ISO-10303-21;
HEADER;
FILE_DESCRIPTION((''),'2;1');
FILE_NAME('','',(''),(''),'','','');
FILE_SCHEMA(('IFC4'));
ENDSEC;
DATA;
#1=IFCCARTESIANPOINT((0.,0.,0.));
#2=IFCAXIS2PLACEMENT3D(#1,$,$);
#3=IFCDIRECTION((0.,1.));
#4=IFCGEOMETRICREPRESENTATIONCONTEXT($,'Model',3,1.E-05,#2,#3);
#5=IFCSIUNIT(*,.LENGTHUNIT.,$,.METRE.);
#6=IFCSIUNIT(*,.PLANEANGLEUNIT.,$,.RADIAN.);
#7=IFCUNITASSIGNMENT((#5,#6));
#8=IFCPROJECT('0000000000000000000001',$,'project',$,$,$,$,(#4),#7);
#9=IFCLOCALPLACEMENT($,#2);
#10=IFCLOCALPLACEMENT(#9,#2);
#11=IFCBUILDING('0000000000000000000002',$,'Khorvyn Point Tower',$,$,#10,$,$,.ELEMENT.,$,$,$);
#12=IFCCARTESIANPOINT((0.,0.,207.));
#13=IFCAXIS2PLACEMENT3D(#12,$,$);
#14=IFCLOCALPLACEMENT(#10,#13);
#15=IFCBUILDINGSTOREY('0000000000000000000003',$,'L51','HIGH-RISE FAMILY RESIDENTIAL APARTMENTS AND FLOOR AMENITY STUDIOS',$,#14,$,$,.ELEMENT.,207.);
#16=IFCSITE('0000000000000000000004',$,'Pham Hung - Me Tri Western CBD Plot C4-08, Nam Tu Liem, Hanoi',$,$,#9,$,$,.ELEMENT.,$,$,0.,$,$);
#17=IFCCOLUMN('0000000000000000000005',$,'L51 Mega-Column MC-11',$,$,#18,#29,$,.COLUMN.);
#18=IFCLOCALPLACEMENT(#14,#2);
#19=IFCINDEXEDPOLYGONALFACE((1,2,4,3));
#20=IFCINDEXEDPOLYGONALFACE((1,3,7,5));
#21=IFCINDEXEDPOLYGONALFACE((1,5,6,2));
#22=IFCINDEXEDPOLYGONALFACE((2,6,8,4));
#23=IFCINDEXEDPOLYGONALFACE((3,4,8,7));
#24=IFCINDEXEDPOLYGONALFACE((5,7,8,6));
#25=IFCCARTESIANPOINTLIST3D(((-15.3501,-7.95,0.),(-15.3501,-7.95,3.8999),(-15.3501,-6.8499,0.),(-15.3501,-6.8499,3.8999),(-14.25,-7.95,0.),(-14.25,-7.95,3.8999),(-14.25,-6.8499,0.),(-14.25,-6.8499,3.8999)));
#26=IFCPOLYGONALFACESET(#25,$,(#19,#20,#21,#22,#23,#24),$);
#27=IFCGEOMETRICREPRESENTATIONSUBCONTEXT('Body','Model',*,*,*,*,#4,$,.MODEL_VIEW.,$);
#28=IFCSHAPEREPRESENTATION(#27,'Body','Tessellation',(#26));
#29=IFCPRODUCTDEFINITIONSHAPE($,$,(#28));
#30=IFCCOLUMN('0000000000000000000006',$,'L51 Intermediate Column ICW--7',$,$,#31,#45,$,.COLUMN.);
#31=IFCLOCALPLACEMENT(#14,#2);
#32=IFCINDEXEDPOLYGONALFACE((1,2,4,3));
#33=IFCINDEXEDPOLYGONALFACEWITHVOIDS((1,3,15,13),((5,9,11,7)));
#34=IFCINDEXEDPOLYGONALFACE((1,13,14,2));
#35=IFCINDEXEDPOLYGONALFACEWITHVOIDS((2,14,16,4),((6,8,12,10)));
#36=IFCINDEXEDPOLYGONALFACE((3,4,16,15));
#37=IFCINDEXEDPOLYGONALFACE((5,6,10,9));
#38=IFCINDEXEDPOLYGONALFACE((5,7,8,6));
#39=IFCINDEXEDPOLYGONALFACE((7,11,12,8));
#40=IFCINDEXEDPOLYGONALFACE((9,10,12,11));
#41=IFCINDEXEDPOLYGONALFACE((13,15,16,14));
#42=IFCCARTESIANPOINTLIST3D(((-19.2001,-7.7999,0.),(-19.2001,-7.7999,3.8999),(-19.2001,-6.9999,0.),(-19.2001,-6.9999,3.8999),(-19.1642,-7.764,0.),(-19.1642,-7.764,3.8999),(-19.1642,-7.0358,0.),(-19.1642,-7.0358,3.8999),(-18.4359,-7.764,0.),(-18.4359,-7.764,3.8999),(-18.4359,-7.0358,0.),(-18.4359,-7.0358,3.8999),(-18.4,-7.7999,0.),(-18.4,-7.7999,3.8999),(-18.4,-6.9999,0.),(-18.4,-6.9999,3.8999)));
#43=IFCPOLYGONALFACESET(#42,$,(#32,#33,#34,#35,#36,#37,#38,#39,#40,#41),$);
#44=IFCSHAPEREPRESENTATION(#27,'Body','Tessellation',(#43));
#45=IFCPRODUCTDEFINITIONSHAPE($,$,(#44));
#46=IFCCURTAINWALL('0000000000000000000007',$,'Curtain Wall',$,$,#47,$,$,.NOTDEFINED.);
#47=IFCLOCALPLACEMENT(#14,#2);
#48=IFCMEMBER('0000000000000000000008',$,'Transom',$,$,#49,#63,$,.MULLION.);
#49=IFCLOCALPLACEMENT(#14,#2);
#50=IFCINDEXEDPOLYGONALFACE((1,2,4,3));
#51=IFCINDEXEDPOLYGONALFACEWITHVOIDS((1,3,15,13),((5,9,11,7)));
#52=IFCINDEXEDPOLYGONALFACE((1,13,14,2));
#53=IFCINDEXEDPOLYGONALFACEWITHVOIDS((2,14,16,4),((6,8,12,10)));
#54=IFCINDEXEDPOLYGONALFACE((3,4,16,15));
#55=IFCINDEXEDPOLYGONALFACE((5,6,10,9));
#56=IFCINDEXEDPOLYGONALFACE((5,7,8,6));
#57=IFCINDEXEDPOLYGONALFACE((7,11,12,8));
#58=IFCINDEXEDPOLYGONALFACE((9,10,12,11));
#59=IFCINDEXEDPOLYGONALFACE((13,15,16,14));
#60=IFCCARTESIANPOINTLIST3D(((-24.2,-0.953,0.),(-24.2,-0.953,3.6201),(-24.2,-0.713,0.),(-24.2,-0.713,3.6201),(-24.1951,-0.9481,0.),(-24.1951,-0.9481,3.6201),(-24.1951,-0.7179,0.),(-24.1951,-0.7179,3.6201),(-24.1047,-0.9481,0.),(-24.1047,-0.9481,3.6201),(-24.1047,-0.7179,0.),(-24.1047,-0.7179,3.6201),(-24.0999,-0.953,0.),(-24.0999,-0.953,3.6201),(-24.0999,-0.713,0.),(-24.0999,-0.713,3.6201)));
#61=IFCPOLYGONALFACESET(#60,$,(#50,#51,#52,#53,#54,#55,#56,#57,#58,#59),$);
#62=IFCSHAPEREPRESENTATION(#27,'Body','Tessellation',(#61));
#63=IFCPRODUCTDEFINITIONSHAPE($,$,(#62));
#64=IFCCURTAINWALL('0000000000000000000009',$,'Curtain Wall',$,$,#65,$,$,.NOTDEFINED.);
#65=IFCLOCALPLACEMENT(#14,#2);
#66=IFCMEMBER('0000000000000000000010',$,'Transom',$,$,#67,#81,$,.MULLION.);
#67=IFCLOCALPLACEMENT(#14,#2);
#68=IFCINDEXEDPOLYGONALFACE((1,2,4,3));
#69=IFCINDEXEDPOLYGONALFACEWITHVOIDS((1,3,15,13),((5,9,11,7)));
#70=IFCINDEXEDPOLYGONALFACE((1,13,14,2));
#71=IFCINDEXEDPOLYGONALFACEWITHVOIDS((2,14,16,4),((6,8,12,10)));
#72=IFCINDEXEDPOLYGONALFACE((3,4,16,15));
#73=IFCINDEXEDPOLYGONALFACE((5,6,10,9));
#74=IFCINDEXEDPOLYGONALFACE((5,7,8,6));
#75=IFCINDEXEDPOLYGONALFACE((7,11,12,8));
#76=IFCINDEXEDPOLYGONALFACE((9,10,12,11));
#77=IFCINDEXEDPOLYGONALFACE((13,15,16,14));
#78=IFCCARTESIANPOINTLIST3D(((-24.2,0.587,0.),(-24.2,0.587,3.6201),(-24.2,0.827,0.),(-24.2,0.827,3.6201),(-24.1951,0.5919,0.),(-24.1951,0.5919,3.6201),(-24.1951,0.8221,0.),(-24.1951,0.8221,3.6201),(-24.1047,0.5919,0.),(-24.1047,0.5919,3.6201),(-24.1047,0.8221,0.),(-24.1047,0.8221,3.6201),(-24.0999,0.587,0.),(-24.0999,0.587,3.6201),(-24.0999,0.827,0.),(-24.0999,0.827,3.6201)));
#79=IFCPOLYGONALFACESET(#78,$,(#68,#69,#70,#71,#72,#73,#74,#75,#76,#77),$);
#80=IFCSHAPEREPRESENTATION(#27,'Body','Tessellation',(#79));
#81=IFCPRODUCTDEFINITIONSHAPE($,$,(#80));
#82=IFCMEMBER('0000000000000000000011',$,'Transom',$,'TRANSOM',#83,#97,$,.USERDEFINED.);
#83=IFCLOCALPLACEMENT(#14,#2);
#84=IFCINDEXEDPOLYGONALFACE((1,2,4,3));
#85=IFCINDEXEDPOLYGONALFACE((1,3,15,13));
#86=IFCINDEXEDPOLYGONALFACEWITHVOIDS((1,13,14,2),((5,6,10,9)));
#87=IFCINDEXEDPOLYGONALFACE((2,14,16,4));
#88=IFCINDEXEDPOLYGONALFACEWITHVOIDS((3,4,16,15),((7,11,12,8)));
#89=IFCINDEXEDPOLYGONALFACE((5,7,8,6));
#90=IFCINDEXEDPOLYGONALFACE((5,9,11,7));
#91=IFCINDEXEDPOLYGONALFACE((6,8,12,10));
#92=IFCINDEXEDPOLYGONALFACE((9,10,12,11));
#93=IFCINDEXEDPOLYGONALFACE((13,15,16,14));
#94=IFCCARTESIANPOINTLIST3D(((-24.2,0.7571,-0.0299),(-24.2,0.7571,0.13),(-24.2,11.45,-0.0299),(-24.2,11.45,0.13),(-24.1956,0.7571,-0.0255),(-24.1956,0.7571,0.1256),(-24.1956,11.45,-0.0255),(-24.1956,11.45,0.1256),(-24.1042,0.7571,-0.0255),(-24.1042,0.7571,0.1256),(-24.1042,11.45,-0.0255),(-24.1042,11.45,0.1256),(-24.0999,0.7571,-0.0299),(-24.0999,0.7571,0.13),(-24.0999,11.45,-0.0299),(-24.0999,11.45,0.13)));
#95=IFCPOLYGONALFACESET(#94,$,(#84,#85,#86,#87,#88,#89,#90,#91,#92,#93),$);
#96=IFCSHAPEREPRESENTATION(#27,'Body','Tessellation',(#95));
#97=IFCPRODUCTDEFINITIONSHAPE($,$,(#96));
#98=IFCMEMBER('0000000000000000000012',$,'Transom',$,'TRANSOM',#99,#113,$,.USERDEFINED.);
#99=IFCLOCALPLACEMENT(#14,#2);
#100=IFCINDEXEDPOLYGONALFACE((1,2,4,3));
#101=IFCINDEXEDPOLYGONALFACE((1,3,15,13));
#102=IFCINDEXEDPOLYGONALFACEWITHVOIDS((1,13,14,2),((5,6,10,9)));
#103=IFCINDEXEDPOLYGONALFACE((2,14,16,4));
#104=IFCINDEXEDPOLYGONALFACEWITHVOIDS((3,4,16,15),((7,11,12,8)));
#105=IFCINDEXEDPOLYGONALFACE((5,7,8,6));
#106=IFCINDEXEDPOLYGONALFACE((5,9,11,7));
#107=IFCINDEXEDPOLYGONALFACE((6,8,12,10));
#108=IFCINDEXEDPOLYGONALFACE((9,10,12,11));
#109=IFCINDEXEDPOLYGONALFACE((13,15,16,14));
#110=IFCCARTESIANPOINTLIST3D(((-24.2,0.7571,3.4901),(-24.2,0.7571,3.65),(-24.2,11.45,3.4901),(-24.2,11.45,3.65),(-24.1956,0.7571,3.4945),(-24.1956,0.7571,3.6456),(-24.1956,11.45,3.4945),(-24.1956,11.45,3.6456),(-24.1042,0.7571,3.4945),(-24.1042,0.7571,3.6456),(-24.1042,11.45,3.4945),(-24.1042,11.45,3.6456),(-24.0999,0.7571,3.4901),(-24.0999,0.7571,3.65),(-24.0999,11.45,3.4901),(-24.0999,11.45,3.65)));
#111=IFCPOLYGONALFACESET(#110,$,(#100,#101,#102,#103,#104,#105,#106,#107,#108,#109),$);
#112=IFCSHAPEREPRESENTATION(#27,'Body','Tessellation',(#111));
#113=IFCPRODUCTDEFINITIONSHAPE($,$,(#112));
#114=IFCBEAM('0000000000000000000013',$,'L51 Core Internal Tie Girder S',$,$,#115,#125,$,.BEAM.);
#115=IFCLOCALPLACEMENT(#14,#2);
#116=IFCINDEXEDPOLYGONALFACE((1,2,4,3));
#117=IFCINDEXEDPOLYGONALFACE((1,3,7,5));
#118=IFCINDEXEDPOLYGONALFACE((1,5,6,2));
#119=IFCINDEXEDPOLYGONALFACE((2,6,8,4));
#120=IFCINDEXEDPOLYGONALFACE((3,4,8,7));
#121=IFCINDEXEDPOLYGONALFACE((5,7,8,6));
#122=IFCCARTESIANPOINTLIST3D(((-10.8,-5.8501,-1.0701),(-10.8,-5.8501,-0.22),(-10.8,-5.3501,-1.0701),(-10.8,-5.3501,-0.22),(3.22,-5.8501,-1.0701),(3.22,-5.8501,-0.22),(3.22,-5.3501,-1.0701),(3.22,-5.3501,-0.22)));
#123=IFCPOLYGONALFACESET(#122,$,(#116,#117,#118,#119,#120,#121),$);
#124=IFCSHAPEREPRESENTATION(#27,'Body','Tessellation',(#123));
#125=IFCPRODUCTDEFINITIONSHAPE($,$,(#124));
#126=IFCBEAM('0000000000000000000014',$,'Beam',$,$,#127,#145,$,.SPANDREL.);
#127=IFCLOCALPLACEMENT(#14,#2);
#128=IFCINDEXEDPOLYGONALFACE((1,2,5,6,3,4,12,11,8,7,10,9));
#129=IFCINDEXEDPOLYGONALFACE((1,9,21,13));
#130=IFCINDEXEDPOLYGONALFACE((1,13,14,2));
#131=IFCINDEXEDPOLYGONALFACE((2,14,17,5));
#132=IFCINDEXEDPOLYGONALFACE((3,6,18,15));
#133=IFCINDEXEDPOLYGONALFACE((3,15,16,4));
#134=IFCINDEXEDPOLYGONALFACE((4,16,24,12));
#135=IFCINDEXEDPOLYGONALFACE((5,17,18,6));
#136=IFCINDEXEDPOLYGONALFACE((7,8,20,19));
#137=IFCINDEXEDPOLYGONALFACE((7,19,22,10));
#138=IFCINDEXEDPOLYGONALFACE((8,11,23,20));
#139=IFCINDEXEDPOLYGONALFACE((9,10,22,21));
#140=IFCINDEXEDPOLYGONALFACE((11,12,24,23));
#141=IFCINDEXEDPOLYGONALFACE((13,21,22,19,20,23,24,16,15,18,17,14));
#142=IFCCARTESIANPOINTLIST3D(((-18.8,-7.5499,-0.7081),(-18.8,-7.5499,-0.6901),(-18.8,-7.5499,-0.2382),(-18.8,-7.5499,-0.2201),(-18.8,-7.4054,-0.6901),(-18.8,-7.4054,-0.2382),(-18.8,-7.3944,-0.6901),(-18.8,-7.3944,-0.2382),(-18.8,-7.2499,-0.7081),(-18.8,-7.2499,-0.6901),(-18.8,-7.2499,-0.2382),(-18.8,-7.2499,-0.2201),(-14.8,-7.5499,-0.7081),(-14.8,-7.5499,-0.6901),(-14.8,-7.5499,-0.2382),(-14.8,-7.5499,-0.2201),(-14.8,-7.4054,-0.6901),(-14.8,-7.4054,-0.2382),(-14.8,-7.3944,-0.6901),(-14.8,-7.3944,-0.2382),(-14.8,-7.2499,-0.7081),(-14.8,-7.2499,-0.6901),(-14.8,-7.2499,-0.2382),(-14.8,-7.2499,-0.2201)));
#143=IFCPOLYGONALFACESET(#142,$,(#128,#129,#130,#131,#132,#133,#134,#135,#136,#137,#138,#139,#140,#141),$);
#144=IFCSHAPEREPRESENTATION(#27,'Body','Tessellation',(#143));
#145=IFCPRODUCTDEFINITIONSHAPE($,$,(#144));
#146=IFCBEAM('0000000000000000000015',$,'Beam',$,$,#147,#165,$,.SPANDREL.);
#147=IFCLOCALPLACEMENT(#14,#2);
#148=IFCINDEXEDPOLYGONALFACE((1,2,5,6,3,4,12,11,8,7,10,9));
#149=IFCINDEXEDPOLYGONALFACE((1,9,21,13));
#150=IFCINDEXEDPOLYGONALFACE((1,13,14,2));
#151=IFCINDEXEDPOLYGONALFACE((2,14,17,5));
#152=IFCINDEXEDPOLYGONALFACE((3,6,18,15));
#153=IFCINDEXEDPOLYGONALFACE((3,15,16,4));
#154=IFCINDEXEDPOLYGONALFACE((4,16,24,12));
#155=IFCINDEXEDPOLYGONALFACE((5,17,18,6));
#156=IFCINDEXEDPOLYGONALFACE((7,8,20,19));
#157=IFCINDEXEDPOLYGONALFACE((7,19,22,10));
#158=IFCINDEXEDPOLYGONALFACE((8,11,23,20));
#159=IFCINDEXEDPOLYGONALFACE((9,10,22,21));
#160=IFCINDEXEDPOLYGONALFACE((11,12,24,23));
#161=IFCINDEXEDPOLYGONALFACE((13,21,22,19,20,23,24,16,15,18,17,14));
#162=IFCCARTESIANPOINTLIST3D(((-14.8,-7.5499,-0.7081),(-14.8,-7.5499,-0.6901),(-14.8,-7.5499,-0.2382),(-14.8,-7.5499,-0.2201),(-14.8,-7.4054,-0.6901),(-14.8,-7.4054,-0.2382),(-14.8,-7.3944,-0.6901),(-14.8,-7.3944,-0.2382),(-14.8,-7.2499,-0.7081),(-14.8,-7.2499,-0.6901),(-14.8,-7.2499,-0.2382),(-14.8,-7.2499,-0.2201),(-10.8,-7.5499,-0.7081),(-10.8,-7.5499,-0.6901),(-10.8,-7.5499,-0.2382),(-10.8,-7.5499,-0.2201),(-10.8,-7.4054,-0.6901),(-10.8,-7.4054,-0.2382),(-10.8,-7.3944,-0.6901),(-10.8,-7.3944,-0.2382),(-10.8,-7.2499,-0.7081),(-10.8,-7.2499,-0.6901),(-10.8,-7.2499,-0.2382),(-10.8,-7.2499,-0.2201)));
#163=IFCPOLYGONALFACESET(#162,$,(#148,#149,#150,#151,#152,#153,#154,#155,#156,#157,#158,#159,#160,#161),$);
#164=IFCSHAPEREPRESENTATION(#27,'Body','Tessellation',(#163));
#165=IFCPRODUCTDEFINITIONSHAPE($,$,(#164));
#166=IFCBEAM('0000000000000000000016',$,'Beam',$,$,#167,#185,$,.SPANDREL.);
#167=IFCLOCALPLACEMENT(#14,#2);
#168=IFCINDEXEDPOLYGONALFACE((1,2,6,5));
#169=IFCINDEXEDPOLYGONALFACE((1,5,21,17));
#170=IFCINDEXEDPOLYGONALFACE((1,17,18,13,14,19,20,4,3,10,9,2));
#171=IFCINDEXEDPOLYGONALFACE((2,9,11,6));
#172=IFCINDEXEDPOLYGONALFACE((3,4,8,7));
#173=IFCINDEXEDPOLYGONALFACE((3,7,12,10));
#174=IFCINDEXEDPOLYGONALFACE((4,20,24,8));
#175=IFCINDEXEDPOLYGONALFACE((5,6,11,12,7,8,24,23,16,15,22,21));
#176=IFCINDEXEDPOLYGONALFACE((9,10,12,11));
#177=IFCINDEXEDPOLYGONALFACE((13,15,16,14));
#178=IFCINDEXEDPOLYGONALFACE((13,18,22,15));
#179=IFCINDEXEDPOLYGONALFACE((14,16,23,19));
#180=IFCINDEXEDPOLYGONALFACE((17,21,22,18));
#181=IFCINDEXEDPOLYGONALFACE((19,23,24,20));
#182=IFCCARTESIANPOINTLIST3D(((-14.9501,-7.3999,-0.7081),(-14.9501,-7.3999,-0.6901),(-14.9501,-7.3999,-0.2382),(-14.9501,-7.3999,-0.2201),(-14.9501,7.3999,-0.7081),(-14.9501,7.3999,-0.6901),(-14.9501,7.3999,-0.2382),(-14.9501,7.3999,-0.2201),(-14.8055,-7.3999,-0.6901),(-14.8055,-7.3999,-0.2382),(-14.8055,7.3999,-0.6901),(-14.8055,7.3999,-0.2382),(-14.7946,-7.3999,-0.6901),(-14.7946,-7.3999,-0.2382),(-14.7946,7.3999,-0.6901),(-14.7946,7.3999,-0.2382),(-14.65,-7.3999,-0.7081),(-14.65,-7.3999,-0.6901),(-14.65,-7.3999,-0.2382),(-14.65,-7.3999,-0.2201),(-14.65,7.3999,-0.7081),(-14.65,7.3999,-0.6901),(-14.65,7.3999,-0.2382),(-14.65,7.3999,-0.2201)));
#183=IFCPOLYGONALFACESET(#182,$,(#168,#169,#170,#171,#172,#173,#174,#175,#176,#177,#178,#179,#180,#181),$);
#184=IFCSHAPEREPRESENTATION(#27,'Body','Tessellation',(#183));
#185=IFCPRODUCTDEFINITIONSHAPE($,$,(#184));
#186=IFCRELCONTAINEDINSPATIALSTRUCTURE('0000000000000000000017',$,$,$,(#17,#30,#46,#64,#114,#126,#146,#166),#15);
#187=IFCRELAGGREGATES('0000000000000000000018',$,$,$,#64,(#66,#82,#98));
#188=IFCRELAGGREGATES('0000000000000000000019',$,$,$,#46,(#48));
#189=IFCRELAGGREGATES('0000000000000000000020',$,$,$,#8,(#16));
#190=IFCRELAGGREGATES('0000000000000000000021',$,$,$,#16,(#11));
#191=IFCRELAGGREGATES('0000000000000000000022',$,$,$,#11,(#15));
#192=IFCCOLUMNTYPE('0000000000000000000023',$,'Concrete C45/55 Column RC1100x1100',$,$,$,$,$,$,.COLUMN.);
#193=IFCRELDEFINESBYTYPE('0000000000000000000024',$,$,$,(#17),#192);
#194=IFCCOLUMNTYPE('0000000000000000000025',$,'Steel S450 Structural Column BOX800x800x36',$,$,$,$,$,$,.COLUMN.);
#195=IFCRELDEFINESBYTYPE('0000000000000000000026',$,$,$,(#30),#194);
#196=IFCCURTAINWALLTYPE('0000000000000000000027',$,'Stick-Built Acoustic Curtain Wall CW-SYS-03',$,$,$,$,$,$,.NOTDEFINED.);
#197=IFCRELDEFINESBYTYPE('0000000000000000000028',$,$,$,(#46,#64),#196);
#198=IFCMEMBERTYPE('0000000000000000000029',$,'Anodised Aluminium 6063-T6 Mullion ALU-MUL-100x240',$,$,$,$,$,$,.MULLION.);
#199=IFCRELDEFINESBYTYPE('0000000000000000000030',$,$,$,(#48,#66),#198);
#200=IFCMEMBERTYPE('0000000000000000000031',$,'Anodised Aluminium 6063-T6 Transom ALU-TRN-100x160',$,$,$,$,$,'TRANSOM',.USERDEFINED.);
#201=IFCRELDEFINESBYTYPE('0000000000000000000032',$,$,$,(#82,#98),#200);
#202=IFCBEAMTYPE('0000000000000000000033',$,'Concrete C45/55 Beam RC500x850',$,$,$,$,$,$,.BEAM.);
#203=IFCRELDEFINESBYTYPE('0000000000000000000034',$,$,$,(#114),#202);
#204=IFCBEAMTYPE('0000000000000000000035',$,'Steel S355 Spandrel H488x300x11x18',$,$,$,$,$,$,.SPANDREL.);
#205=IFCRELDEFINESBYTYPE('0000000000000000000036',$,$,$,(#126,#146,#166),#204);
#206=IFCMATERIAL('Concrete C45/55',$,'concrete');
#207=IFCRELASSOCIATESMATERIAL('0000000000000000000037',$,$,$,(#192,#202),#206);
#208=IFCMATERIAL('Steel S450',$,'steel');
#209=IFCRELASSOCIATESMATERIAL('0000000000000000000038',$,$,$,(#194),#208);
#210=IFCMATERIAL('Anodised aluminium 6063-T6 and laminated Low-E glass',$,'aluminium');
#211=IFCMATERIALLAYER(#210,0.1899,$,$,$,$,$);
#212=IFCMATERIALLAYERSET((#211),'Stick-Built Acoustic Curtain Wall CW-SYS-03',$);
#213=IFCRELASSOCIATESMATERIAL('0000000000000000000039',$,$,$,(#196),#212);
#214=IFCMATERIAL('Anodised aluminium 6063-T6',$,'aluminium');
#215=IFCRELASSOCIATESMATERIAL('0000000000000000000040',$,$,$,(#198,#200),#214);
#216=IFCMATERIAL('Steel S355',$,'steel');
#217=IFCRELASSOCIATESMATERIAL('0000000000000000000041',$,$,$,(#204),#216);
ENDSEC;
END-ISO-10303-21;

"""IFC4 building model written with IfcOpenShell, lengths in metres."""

from ifc_helpers import new_model, si_unit, direction, frame, origin, origin_2d, place, context, subcontext, project, spatial, rectangle, hollow_rectangle, i_section, extrude, material, layer, layer_set, material_profile, profile_set, type_object, element, aggregate, save


model = new_model("IFC4")

# Units and contexts
model_context = context("Model", 3, precision=1e-05, world=origin(), true_north=direction((0.0, 1.0)))
body_context = subcontext(model_context, "Body", "Model", "MODEL_VIEW")
ifc_project = project(units=[si_unit("LENGTHUNIT", "METRE"), si_unit("PLANEANGLEUNIT", "RADIAN")], contexts=[model_context])

# Site, building, storey
site_placement = place(None, origin())
site = spatial("IfcSite", under=ifc_project, at=site_placement, Name="Pham Hung - Me Tri Western CBD Plot C4-08, Nam Tu Liem, Hanoi", CompositionType="ELEMENT", RefElevation=0.0)
building_placement = place(site_placement, origin())
building = spatial("IfcBuilding", under=site, at=building_placement, Name="Khorvyn Point Tower", CompositionType="ELEMENT")
storey_placement = place(building_placement, frame((0.0, 0.0, 207.0)))
storey = spatial("IfcBuildingStorey", under=building, at=storey_placement, Name="L51", Description="HIGH-RISE FAMILY RESIDENTIAL APARTMENTS AND FLOOR AMENITY STUDIOS", CompositionType="ELEMENT", Elevation=207.0)

# Columns
ifc_material_1 = material(Name="Concrete C45/55", Category="concrete")
ifc_material_profile_1 = material_profile(ifc_material_1, rectangle(XDim=1.1001, YDim=1.1001, at=origin_2d()))
ifc_profile_set_1 = profile_set([ifc_material_profile_1], Name="Concrete C45/55 RC1100x1100")
column_type_1 = type_object("IfcColumnType", Name="Concrete C45/55 Column RC1100x1100", PredefinedType="COLUMN", material=ifc_profile_set_1)
column_1_placement = place(storey_placement, frame((-14.8, -7.3999, 0.0), z_axis=(0.0, 0.0, 1.0), x_axis=(1.0, 0.0, 0.0)))
element("IfcColumn", 1, at=column_1_placement, inside=storey, type_object=column_type_1, Name="L51 Mega-Column MC-11", PredefinedType="COLUMN", context=body_context, shape_type="SweptSolid", body=[
    extrude(rectangle(XDim=1.1001, YDim=1.1001, at=origin_2d()), origin(), (0.0, 0.0, 1.0), 3.8999),
])
ifc_material_2 = material(Name="Steel S450", Category="steel")
ifc_material_profile_2 = material_profile(ifc_material_2, hollow_rectangle(XDim=0.8, YDim=0.8, WallThickness=0.0359, at=origin_2d()))
ifc_profile_set_2 = profile_set([ifc_material_profile_2], Name="Steel S450 BOX800x800x36")
column_type_2 = type_object("IfcColumnType", Name="Steel S450 Structural Column BOX800x800x36", PredefinedType="COLUMN", material=ifc_profile_set_2)
column_2_placement = place(storey_placement, frame((-18.8, -7.3999, 0.0), z_axis=(0.0, 0.0, 1.0), x_axis=(1.0, 0.0, 0.0)))
element("IfcColumn", 2, at=column_2_placement, inside=storey, type_object=column_type_2, Name="L51 Intermediate Column ICW--7", PredefinedType="COLUMN", context=body_context, shape_type="SweptSolid", body=[
    extrude(hollow_rectangle(XDim=0.8, YDim=0.8, WallThickness=0.0359, at=origin_2d()), origin(), (0.0, 0.0, 1.0), 3.8999),
])

# Curtain wall, member
ifc_material_3 = material(Name="Anodised aluminium 6063-T6 and laminated Low-E glass", Category="aluminium")
ifc_layer_1 = layer(ifc_material_3, 0.1899)
ifc_layer_set_1 = layer_set([ifc_layer_1], Name="Stick-Built Acoustic Curtain Wall CW-SYS-03")
curtain_wall_type = type_object("IfcCurtainWallType", Name="Stick-Built Acoustic Curtain Wall CW-SYS-03", PredefinedType="NOTDEFINED", material=ifc_layer_set_1)
curtain_wall_1_placement = place(storey_placement, origin())
curtain_wall_1 = element("IfcCurtainWall", 3, at=curtain_wall_1_placement, inside=storey, type_object=curtain_wall_type, Name="Curtain Wall", PredefinedType="NOTDEFINED")
ifc_material_4 = material(Name="Anodised aluminium 6063-T6", Category="aluminium")
ifc_material_profile_3 = material_profile(ifc_material_4, hollow_rectangle(XDim=0.1001, YDim=0.24, WallThickness=0.0049, at=origin_2d()))
ifc_profile_set_3 = profile_set([ifc_material_profile_3], Name="Anodised aluminium 6063-T6 ALU-MUL-100x240")
member_type_1 = type_object("IfcMemberType", Name="Anodised Aluminium 6063-T6 Mullion ALU-MUL-100x240", PredefinedType="MULLION", material=ifc_profile_set_3)
member_1_placement = place(storey_placement, frame((-24.1499, -0.833, 0.0), z_axis=(0.0, 0.0, 1.0), x_axis=(-1.0, 0.0, 0.0)))
member_1 = element("IfcMember", 4, at=member_1_placement, type_object=member_type_1, Name="Transom", PredefinedType="MULLION", context=body_context, shape_type="SweptSolid", body=[
    extrude(hollow_rectangle(XDim=0.1001, YDim=0.24, WallThickness=0.0049, at=origin_2d()), origin(), (0.0, 0.0, 1.0), 3.6201),
])

# Curtain wall, members
curtain_wall_2_placement = place(storey_placement, origin())
curtain_wall_2 = element("IfcCurtainWall", 5, at=curtain_wall_2_placement, inside=storey, type_object=curtain_wall_type, Name="Curtain Wall", PredefinedType="NOTDEFINED")
member_2_placement = place(storey_placement, frame((-24.1499, 0.707, 0.0), z_axis=(0.0, 0.0, 1.0), x_axis=(-1.0, 0.0, 0.0)))
member_2 = element("IfcMember", 6, at=member_2_placement, type_object=member_type_1, Name="Transom", PredefinedType="MULLION", context=body_context, shape_type="SweptSolid", body=[
    extrude(hollow_rectangle(XDim=0.1001, YDim=0.24, WallThickness=0.0049, at=origin_2d()), origin(), (0.0, 0.0, 1.0), 3.6201),
])
ifc_material_profile_4 = material_profile(ifc_material_4, hollow_rectangle(XDim=0.1001, YDim=0.1599, WallThickness=0.0044, at=origin_2d()))
ifc_profile_set_4 = profile_set([ifc_material_profile_4], Name="Anodised aluminium 6063-T6 ALU-TRN-100x160")
member_type_2 = type_object("IfcMemberType", Name="Anodised Aluminium 6063-T6 Transom ALU-TRN-100x160", ElementType="TRANSOM", PredefinedType="USERDEFINED", material=ifc_profile_set_4)
member_3_placement = place(storey_placement, frame((-24.1499, 0.7571, 0.05), z_axis=(0.0, 1.0, 0.0), x_axis=(-1.0, 0.0, 0.0)))
member_3 = element("IfcMember", 7, at=member_3_placement, type_object=member_type_2, Name="Transom", ObjectType="TRANSOM", PredefinedType="USERDEFINED", context=body_context, shape_type="SweptSolid", body=[
    extrude(hollow_rectangle(XDim=0.1001, YDim=0.1599, WallThickness=0.0044, at=origin_2d()), origin(), (0.0, 0.0, 1.0), 10.6929),
])
member_4_placement = place(storey_placement, frame((-24.1499, 0.7571, 3.5701), z_axis=(0.0, 1.0, 0.0), x_axis=(-1.0, 0.0, 0.0)))
member_4 = element("IfcMember", 8, at=member_4_placement, type_object=member_type_2, Name="Transom", ObjectType="TRANSOM", PredefinedType="USERDEFINED", context=body_context, shape_type="SweptSolid", body=[
    extrude(hollow_rectangle(XDim=0.1001, YDim=0.1599, WallThickness=0.0044, at=origin_2d()), origin(), (0.0, 0.0, 1.0), 10.6929),
])
aggregate(curtain_wall_2, [member_2, member_3, member_4])

# Beams
ifc_material_profile_5 = material_profile(ifc_material_1, rectangle(XDim=0.5, YDim=0.8501, at=origin_2d()))
ifc_profile_set_5 = profile_set([ifc_material_profile_5], Name="Concrete C45/55 RC500x850")
beam_type_1 = type_object("IfcBeamType", Name="Concrete C45/55 Beam RC500x850", PredefinedType="BEAM", material=ifc_profile_set_5)
beam_1_placement = place(storey_placement, frame((-10.8, -5.6001, -0.645), z_axis=(1.0, 0.0, 0.0), x_axis=(0.0, 1.0, 0.0)))
element("IfcBeam", 9, at=beam_1_placement, inside=storey, type_object=beam_type_1, Name="L51 Core Internal Tie Girder S", PredefinedType="BEAM", context=body_context, shape_type="SweptSolid", body=[
    extrude(rectangle(XDim=0.5, YDim=0.8501, at=origin_2d()), origin(), (0.0, 0.0, 1.0), 14.02),
])
ifc_material_5 = material(Name="Steel S355", Category="steel")
ifc_material_profile_6 = material_profile(ifc_material_5, i_section(OverallWidth=0.3, OverallDepth=0.488, WebThickness=0.011, FlangeThickness=0.0181, at=origin_2d()))
ifc_profile_set_6 = profile_set([ifc_material_profile_6], Name="Steel S355 H488x300x11x18")
beam_type_2 = type_object("IfcBeamType", Name="Steel S355 Spandrel H488x300x11x18", PredefinedType="SPANDREL", material=ifc_profile_set_6)
for number, where, z_axis, x_axis, name in (
    (10, (-18.8, -7.3999, -0.4641), (1.0, 0.0, 0.0), (0.0, 1.0, 0.0), "Beam"),
    (11, (-14.8, -7.3999, -0.4641), (1.0, 0.0, 0.0), (0.0, 1.0, 0.0), "Beam"),
):
    element("IfcBeam", number, at=place(storey_placement, frame(where, z_axis=z_axis, x_axis=x_axis)), inside=storey, type_object=beam_type_2, Name=name, PredefinedType="SPANDREL", context=body_context, shape_type="SweptSolid", body=[
        extrude(i_section(OverallWidth=0.3, OverallDepth=0.488, WebThickness=0.011, FlangeThickness=0.0181, at=origin_2d()), origin(), (0.0, 0.0, 1.0), 4.0),
    ])
for number, where, z_axis, x_axis, name in (
    (12, (-14.8, -7.3999, -0.4641), (0.0, 1.0, 0.0), (-1.0, 0.0, 0.0), "Beam"),
):
    element("IfcBeam", number, at=place(storey_placement, frame(where, z_axis=z_axis, x_axis=x_axis)), inside=storey, type_object=beam_type_2, Name=name, PredefinedType="SPANDREL", context=body_context, shape_type="SweptSolid", body=[
        extrude(i_section(OverallWidth=0.3, OverallDepth=0.488, WebThickness=0.011, FlangeThickness=0.0181, at=origin_2d()), origin(), (0.0, 0.0, 1.0), 14.7998),
    ])

aggregate(curtain_wall_1, [member_1])

save(model, "model.ifc")
